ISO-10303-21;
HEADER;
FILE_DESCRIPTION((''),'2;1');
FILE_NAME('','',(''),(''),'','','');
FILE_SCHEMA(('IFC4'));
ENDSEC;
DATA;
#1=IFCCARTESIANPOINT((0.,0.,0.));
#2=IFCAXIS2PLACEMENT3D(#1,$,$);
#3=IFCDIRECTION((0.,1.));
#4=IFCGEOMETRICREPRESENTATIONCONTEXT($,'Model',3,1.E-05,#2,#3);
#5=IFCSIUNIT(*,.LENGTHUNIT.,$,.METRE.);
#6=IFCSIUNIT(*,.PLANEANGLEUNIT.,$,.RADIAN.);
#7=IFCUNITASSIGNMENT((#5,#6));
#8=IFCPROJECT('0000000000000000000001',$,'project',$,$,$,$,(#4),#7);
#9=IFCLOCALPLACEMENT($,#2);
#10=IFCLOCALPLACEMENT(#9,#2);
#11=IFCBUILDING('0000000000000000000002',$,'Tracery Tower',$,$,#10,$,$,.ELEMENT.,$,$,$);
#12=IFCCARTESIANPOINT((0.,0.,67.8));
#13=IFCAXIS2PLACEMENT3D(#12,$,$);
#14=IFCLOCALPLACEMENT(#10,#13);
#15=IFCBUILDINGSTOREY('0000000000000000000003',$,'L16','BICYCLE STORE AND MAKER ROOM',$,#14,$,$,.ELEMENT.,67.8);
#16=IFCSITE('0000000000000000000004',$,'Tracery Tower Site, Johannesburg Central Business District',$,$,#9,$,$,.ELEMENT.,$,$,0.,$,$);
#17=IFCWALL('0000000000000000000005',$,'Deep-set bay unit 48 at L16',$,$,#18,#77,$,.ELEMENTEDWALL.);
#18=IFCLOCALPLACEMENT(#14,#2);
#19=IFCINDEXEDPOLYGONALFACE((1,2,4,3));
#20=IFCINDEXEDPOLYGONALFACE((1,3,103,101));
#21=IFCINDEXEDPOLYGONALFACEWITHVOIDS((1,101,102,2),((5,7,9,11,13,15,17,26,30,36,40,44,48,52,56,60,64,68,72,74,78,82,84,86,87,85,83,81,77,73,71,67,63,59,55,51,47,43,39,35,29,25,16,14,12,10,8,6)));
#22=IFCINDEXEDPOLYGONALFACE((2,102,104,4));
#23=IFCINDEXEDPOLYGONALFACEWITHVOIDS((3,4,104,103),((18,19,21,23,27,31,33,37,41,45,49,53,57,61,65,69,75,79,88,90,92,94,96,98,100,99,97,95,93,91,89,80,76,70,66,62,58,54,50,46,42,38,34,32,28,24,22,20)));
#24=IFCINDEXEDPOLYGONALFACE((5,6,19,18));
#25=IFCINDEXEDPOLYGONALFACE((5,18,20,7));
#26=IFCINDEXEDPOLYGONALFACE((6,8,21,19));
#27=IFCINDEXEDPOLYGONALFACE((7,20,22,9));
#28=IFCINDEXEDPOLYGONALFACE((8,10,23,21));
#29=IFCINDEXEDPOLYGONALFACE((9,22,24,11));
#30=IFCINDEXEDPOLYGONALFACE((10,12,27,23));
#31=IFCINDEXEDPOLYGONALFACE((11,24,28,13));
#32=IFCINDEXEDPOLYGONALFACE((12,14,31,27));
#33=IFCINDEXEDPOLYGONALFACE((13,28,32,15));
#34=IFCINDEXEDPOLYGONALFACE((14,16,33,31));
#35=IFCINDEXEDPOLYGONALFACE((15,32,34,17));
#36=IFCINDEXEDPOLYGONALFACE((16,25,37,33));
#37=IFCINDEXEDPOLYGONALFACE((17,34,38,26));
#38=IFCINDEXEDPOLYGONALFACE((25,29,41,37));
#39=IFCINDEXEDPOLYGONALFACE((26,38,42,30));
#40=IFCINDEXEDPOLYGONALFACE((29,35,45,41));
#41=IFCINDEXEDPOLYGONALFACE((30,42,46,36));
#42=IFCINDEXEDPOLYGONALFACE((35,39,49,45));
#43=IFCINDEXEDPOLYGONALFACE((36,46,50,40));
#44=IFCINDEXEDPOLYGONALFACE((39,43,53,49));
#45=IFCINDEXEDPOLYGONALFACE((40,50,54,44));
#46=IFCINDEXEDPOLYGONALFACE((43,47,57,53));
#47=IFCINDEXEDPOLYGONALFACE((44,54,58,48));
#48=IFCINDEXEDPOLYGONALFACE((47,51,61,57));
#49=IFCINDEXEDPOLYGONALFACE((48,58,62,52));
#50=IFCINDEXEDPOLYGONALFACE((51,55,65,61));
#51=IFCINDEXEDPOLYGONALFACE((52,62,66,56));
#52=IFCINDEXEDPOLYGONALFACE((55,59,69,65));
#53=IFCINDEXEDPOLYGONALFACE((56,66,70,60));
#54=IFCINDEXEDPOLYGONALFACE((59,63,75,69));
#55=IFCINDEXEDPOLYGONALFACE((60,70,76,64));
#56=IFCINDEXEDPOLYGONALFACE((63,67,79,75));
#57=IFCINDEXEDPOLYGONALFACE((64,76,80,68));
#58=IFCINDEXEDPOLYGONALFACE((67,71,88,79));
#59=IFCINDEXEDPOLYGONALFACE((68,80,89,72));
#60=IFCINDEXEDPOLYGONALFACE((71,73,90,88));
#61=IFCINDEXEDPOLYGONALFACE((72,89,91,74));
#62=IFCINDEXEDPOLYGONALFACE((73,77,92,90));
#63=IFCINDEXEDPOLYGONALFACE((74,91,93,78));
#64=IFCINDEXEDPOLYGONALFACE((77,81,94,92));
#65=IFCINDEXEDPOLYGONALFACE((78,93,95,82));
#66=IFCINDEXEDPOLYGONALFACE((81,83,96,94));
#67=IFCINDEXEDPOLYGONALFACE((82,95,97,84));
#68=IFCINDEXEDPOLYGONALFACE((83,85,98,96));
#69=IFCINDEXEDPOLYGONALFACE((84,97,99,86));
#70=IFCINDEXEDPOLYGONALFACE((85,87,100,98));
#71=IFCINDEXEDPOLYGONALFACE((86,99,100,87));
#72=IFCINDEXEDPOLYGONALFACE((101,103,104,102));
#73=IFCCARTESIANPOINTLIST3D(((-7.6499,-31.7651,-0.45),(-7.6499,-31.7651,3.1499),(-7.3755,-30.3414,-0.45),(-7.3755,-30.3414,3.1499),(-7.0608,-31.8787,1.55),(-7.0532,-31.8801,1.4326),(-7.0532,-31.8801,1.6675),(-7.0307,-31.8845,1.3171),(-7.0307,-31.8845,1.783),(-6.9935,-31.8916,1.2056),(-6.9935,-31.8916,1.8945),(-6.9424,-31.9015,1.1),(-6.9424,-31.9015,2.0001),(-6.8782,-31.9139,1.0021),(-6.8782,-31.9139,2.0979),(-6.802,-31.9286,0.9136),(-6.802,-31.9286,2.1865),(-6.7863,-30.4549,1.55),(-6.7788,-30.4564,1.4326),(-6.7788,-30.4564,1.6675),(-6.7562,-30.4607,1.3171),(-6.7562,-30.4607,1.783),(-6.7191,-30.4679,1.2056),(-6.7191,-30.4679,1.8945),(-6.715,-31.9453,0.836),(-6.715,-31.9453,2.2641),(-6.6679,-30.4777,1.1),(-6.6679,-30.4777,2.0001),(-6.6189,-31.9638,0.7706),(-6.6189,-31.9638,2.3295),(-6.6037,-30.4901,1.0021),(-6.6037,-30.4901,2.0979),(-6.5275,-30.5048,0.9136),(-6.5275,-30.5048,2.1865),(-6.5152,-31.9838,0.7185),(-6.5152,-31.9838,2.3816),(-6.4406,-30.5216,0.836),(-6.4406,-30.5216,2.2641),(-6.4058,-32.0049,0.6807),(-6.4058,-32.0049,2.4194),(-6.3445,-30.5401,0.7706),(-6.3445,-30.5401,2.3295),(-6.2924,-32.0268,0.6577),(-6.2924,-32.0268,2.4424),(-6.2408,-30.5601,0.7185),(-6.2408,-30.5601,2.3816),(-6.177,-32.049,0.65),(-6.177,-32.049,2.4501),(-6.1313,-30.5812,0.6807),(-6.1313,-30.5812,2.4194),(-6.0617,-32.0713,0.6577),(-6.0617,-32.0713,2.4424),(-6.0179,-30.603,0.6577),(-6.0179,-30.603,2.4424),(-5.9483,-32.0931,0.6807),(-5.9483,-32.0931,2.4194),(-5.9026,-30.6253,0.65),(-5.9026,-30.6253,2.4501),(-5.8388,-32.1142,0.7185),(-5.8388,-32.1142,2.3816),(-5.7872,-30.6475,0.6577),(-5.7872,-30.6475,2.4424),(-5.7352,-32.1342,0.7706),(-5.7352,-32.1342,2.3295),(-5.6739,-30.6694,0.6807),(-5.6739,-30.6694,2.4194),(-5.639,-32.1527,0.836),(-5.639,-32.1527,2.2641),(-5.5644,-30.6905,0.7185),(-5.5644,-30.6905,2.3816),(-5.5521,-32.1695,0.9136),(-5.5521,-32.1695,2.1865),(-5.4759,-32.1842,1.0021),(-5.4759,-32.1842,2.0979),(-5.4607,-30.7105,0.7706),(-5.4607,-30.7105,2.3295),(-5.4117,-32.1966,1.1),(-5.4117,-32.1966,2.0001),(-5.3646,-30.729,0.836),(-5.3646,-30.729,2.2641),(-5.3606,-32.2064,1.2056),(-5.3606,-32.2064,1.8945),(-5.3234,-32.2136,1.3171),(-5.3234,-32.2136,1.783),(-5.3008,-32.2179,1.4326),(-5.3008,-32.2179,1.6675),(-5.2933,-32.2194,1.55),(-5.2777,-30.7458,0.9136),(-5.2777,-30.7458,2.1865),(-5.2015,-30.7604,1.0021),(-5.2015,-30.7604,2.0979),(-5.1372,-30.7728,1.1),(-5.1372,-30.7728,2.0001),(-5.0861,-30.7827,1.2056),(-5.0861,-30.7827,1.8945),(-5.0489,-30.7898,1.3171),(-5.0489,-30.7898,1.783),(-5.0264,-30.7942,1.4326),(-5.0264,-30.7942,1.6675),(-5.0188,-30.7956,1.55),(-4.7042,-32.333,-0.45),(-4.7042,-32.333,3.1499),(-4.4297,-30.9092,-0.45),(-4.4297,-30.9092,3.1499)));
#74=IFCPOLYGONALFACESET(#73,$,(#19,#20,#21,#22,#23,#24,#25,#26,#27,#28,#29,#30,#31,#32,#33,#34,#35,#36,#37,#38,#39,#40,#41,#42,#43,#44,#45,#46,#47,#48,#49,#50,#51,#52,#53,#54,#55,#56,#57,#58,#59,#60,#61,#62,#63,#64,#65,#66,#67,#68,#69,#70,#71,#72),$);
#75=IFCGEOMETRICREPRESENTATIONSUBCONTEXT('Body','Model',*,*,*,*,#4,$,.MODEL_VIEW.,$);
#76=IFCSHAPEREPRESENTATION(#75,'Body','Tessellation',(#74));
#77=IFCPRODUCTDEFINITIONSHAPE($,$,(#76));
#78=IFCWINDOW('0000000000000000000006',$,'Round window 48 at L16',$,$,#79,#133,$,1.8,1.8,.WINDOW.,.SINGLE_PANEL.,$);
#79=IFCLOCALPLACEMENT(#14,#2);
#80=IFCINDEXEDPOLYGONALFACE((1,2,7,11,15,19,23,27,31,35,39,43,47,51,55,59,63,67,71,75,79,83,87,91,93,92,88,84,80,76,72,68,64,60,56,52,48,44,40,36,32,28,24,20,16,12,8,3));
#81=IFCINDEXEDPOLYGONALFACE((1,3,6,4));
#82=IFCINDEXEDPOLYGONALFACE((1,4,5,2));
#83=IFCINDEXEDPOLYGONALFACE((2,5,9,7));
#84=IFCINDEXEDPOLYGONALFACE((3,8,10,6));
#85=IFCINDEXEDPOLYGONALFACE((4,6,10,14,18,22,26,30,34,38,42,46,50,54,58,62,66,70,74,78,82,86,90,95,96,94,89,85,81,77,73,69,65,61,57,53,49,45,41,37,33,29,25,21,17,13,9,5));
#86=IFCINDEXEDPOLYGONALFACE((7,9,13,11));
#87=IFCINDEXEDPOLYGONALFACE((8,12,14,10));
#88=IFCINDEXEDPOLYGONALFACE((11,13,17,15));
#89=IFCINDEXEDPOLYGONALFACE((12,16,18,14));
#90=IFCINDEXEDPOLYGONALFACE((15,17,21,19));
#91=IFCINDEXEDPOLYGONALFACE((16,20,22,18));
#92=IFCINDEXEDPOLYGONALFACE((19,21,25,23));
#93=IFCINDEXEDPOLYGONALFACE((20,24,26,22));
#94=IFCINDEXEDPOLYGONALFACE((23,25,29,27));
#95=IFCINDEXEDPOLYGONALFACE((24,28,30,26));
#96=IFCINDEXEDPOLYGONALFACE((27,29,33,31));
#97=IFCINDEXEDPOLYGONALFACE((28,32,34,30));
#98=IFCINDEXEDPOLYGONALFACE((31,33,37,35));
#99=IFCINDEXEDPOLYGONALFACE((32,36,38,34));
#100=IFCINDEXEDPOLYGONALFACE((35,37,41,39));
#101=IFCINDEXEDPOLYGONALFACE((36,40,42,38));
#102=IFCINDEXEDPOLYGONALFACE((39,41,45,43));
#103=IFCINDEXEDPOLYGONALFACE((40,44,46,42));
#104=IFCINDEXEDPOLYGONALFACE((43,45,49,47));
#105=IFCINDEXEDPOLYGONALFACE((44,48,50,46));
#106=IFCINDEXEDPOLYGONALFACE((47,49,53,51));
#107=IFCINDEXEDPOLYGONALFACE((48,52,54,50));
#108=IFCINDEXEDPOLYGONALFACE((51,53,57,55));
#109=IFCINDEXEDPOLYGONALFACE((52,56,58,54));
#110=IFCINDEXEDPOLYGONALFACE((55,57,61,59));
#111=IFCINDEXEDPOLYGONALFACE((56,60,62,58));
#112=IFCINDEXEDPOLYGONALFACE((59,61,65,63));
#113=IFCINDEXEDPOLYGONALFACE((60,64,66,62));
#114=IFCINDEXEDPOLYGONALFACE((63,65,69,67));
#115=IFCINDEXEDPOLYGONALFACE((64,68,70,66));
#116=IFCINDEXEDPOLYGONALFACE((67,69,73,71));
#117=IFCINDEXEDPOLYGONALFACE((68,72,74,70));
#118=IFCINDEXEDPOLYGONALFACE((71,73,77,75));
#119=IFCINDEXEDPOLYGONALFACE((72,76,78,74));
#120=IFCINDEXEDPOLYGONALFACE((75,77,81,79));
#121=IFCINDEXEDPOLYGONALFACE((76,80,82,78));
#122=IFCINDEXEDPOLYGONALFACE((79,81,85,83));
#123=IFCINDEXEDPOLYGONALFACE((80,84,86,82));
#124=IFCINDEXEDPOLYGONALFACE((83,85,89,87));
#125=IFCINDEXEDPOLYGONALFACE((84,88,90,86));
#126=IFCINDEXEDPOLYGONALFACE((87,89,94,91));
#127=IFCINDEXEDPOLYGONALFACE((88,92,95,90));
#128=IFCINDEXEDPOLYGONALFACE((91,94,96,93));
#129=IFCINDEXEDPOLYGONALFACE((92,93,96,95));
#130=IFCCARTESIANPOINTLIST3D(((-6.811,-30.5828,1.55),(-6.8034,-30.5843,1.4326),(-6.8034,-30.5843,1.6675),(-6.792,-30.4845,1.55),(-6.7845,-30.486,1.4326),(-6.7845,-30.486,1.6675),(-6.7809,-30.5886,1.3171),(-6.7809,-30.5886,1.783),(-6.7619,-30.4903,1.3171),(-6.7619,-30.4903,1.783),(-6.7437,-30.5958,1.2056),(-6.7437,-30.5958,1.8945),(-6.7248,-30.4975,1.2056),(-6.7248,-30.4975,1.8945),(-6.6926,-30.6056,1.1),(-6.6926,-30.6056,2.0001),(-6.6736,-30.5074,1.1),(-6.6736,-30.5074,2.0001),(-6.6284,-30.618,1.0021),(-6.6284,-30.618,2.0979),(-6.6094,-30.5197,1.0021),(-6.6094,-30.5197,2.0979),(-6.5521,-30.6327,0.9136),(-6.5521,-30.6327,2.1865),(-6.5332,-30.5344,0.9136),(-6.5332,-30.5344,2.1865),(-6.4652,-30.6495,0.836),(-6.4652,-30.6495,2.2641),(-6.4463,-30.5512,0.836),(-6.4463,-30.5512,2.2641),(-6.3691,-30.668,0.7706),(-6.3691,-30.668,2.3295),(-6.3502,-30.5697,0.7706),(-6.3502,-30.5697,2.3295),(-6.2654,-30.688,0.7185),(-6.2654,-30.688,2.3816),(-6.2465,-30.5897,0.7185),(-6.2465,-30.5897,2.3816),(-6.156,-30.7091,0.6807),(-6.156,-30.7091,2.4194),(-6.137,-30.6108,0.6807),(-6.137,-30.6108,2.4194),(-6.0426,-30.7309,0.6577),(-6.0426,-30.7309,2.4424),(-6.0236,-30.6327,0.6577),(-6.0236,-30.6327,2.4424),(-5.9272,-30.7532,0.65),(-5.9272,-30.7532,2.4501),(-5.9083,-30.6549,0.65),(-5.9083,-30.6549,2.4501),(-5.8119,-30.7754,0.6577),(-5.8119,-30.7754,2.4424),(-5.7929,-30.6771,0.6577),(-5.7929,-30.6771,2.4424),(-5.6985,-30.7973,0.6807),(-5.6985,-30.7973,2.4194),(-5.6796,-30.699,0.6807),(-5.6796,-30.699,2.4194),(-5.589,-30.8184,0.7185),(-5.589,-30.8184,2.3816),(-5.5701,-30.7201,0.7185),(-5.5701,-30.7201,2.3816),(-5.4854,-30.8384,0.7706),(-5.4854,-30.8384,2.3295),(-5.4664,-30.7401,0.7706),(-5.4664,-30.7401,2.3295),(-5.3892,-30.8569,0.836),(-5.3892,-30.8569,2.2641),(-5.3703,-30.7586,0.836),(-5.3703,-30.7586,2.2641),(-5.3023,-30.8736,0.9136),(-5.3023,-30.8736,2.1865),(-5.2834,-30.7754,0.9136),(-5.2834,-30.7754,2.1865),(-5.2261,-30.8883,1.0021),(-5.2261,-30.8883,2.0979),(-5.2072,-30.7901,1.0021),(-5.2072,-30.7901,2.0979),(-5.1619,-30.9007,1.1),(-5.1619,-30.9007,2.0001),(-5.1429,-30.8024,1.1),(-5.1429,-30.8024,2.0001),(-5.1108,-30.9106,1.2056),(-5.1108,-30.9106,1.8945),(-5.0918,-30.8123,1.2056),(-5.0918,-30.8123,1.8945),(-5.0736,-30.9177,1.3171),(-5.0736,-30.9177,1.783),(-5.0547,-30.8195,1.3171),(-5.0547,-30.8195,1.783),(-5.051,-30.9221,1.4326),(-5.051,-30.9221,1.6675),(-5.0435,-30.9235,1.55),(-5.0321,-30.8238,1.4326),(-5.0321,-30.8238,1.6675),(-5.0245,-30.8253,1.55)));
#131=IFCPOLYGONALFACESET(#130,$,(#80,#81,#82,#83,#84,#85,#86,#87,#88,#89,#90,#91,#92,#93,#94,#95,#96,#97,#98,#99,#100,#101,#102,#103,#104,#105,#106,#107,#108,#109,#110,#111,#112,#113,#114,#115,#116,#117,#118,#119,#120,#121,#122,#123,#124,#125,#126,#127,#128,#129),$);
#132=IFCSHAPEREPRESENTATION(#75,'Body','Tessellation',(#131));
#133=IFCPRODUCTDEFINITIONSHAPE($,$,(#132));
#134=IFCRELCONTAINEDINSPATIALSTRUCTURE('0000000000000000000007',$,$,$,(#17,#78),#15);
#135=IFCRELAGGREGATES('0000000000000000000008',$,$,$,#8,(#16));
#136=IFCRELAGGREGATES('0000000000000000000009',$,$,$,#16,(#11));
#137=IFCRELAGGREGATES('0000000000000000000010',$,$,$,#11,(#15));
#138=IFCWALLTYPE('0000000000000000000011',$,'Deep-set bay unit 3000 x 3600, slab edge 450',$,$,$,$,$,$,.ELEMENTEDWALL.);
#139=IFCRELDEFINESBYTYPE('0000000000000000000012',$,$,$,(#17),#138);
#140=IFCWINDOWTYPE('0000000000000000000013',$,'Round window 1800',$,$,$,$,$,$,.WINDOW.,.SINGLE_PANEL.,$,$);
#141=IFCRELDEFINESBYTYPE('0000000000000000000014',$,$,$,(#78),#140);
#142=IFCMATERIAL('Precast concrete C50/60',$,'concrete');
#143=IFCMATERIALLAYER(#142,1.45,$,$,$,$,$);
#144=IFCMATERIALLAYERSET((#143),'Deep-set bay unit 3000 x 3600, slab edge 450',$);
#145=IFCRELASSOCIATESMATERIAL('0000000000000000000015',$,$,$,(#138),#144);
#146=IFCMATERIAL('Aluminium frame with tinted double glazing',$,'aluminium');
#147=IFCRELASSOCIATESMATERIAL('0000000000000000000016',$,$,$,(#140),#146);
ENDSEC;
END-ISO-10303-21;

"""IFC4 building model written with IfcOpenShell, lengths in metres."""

from ifc_helpers import new_model, si_unit, direction, frame, frame_2d, origin, origin_2d, place, context, subcontext, project, spatial, rectangle, circle, extrude, material, layer, layer_set, type_object, element, fill, save


model = new_model("IFC4")

# Units and contexts
model_context = context("Model", 3, precision=1e-05, world=origin(), true_north=direction((0.0, 1.0)))
body_context = subcontext(model_context, "Body", "Model", "MODEL_VIEW")
ifc_project = project(units=[si_unit("LENGTHUNIT", "METRE"), si_unit("PLANEANGLEUNIT", "RADIAN")], contexts=[model_context])

# Site, building, storey
site_placement = place(None, origin())
site = spatial("IfcSite", under=ifc_project, at=site_placement, Name="Tracery Tower Site, Johannesburg Central Business District", CompositionType="ELEMENT", RefElevation=0.0)
building_placement = place(site_placement, origin())
building = spatial("IfcBuilding", under=site, at=building_placement, Name="Tracery Tower", CompositionType="ELEMENT")
storey_placement = place(building_placement, frame((0.0, 0.0, 67.8)))
storey = spatial("IfcBuildingStorey", under=building, at=storey_placement, Name="L16", Description="BICYCLE STORE AND MAKER ROOM", CompositionType="ELEMENT", Elevation=67.8)

# Wall, opening, window
ifc_material_1 = material(Name="Precast concrete C50/60", Category="concrete")
ifc_layer_1 = layer(ifc_material_1, 1.45)
ifc_layer_set_1 = layer_set([ifc_layer_1], Name="Deep-set bay unit 3000 x 3600, slab edge 450")
wall_type_1 = type_object("IfcWallType", Name="Deep-set bay unit 3000 x 3600, slab edge 450", PredefinedType="ELEMENTEDWALL", material=ifc_layer_set_1)
wall_1_placement = place(storey_placement, frame((-7.5127, -31.0532, -0.45), z_axis=(0.0, 0.0, 1.0), x_axis=(0.981922, -0.189288, 0.0)))
wall_1 = element("IfcWall", 1, at=wall_1_placement, inside=storey, type_object=wall_type_1, Name="Deep-set bay unit 48 at L16", PredefinedType="ELEMENTEDWALL", context=body_context, shape_type="SweptSolid", body=[
    extrude(rectangle(XDim=3.0, YDim=1.45, at=frame_2d((1.5, 0.0))), origin(), (0.0, 0.0, 1.0), 3.5999),
])
opening_1_placement = place(wall_1_placement, frame((1.5, 0.0, 2.0)))
opening_1 = element("IfcOpeningElement", 2, at=opening_1_placement, cuts=wall_1, PredefinedType="OPENING", context=body_context, shape_type="SweptSolid", body=[
    extrude(circle(Radius=0.9, at=origin_2d()), frame((0.0, 0.7349, 0.0), z_axis=(0.0, -1.0, 0.0), x_axis=(1.0, 0.0, 0.0)), (0.0, 0.0, 1.0), 1.47),
])
ifc_material_2 = material(Name="Aluminium frame with tinted double glazing", Category="aluminium")
window_type = type_object("IfcWindowType", Name="Round window 1800", PartitioningType="SINGLE_PANEL", PredefinedType="WINDOW", material=ifc_material_2)
window_1_placement = place(opening_1_placement, origin())
window_1 = element("IfcWindow", 3, at=window_1_placement, inside=storey, type_object=window_type, Name="Round window 48 at L16", OverallHeight=1.8, OverallWidth=1.8, PartitioningType="SINGLE_PANEL", PredefinedType="WINDOW", context=body_context, shape_type="SweptSolid", body=[
    extrude(circle(Radius=0.9, at=origin_2d()), frame((0.0, 0.6948, 0.0), z_axis=(0.0, -1.0, 0.0), x_axis=(1.0, 0.0, 0.0)), (0.0, 0.0, 1.0), 0.1001),
])
fill(opening_1, window_1)

save(model, "model.ifc")
